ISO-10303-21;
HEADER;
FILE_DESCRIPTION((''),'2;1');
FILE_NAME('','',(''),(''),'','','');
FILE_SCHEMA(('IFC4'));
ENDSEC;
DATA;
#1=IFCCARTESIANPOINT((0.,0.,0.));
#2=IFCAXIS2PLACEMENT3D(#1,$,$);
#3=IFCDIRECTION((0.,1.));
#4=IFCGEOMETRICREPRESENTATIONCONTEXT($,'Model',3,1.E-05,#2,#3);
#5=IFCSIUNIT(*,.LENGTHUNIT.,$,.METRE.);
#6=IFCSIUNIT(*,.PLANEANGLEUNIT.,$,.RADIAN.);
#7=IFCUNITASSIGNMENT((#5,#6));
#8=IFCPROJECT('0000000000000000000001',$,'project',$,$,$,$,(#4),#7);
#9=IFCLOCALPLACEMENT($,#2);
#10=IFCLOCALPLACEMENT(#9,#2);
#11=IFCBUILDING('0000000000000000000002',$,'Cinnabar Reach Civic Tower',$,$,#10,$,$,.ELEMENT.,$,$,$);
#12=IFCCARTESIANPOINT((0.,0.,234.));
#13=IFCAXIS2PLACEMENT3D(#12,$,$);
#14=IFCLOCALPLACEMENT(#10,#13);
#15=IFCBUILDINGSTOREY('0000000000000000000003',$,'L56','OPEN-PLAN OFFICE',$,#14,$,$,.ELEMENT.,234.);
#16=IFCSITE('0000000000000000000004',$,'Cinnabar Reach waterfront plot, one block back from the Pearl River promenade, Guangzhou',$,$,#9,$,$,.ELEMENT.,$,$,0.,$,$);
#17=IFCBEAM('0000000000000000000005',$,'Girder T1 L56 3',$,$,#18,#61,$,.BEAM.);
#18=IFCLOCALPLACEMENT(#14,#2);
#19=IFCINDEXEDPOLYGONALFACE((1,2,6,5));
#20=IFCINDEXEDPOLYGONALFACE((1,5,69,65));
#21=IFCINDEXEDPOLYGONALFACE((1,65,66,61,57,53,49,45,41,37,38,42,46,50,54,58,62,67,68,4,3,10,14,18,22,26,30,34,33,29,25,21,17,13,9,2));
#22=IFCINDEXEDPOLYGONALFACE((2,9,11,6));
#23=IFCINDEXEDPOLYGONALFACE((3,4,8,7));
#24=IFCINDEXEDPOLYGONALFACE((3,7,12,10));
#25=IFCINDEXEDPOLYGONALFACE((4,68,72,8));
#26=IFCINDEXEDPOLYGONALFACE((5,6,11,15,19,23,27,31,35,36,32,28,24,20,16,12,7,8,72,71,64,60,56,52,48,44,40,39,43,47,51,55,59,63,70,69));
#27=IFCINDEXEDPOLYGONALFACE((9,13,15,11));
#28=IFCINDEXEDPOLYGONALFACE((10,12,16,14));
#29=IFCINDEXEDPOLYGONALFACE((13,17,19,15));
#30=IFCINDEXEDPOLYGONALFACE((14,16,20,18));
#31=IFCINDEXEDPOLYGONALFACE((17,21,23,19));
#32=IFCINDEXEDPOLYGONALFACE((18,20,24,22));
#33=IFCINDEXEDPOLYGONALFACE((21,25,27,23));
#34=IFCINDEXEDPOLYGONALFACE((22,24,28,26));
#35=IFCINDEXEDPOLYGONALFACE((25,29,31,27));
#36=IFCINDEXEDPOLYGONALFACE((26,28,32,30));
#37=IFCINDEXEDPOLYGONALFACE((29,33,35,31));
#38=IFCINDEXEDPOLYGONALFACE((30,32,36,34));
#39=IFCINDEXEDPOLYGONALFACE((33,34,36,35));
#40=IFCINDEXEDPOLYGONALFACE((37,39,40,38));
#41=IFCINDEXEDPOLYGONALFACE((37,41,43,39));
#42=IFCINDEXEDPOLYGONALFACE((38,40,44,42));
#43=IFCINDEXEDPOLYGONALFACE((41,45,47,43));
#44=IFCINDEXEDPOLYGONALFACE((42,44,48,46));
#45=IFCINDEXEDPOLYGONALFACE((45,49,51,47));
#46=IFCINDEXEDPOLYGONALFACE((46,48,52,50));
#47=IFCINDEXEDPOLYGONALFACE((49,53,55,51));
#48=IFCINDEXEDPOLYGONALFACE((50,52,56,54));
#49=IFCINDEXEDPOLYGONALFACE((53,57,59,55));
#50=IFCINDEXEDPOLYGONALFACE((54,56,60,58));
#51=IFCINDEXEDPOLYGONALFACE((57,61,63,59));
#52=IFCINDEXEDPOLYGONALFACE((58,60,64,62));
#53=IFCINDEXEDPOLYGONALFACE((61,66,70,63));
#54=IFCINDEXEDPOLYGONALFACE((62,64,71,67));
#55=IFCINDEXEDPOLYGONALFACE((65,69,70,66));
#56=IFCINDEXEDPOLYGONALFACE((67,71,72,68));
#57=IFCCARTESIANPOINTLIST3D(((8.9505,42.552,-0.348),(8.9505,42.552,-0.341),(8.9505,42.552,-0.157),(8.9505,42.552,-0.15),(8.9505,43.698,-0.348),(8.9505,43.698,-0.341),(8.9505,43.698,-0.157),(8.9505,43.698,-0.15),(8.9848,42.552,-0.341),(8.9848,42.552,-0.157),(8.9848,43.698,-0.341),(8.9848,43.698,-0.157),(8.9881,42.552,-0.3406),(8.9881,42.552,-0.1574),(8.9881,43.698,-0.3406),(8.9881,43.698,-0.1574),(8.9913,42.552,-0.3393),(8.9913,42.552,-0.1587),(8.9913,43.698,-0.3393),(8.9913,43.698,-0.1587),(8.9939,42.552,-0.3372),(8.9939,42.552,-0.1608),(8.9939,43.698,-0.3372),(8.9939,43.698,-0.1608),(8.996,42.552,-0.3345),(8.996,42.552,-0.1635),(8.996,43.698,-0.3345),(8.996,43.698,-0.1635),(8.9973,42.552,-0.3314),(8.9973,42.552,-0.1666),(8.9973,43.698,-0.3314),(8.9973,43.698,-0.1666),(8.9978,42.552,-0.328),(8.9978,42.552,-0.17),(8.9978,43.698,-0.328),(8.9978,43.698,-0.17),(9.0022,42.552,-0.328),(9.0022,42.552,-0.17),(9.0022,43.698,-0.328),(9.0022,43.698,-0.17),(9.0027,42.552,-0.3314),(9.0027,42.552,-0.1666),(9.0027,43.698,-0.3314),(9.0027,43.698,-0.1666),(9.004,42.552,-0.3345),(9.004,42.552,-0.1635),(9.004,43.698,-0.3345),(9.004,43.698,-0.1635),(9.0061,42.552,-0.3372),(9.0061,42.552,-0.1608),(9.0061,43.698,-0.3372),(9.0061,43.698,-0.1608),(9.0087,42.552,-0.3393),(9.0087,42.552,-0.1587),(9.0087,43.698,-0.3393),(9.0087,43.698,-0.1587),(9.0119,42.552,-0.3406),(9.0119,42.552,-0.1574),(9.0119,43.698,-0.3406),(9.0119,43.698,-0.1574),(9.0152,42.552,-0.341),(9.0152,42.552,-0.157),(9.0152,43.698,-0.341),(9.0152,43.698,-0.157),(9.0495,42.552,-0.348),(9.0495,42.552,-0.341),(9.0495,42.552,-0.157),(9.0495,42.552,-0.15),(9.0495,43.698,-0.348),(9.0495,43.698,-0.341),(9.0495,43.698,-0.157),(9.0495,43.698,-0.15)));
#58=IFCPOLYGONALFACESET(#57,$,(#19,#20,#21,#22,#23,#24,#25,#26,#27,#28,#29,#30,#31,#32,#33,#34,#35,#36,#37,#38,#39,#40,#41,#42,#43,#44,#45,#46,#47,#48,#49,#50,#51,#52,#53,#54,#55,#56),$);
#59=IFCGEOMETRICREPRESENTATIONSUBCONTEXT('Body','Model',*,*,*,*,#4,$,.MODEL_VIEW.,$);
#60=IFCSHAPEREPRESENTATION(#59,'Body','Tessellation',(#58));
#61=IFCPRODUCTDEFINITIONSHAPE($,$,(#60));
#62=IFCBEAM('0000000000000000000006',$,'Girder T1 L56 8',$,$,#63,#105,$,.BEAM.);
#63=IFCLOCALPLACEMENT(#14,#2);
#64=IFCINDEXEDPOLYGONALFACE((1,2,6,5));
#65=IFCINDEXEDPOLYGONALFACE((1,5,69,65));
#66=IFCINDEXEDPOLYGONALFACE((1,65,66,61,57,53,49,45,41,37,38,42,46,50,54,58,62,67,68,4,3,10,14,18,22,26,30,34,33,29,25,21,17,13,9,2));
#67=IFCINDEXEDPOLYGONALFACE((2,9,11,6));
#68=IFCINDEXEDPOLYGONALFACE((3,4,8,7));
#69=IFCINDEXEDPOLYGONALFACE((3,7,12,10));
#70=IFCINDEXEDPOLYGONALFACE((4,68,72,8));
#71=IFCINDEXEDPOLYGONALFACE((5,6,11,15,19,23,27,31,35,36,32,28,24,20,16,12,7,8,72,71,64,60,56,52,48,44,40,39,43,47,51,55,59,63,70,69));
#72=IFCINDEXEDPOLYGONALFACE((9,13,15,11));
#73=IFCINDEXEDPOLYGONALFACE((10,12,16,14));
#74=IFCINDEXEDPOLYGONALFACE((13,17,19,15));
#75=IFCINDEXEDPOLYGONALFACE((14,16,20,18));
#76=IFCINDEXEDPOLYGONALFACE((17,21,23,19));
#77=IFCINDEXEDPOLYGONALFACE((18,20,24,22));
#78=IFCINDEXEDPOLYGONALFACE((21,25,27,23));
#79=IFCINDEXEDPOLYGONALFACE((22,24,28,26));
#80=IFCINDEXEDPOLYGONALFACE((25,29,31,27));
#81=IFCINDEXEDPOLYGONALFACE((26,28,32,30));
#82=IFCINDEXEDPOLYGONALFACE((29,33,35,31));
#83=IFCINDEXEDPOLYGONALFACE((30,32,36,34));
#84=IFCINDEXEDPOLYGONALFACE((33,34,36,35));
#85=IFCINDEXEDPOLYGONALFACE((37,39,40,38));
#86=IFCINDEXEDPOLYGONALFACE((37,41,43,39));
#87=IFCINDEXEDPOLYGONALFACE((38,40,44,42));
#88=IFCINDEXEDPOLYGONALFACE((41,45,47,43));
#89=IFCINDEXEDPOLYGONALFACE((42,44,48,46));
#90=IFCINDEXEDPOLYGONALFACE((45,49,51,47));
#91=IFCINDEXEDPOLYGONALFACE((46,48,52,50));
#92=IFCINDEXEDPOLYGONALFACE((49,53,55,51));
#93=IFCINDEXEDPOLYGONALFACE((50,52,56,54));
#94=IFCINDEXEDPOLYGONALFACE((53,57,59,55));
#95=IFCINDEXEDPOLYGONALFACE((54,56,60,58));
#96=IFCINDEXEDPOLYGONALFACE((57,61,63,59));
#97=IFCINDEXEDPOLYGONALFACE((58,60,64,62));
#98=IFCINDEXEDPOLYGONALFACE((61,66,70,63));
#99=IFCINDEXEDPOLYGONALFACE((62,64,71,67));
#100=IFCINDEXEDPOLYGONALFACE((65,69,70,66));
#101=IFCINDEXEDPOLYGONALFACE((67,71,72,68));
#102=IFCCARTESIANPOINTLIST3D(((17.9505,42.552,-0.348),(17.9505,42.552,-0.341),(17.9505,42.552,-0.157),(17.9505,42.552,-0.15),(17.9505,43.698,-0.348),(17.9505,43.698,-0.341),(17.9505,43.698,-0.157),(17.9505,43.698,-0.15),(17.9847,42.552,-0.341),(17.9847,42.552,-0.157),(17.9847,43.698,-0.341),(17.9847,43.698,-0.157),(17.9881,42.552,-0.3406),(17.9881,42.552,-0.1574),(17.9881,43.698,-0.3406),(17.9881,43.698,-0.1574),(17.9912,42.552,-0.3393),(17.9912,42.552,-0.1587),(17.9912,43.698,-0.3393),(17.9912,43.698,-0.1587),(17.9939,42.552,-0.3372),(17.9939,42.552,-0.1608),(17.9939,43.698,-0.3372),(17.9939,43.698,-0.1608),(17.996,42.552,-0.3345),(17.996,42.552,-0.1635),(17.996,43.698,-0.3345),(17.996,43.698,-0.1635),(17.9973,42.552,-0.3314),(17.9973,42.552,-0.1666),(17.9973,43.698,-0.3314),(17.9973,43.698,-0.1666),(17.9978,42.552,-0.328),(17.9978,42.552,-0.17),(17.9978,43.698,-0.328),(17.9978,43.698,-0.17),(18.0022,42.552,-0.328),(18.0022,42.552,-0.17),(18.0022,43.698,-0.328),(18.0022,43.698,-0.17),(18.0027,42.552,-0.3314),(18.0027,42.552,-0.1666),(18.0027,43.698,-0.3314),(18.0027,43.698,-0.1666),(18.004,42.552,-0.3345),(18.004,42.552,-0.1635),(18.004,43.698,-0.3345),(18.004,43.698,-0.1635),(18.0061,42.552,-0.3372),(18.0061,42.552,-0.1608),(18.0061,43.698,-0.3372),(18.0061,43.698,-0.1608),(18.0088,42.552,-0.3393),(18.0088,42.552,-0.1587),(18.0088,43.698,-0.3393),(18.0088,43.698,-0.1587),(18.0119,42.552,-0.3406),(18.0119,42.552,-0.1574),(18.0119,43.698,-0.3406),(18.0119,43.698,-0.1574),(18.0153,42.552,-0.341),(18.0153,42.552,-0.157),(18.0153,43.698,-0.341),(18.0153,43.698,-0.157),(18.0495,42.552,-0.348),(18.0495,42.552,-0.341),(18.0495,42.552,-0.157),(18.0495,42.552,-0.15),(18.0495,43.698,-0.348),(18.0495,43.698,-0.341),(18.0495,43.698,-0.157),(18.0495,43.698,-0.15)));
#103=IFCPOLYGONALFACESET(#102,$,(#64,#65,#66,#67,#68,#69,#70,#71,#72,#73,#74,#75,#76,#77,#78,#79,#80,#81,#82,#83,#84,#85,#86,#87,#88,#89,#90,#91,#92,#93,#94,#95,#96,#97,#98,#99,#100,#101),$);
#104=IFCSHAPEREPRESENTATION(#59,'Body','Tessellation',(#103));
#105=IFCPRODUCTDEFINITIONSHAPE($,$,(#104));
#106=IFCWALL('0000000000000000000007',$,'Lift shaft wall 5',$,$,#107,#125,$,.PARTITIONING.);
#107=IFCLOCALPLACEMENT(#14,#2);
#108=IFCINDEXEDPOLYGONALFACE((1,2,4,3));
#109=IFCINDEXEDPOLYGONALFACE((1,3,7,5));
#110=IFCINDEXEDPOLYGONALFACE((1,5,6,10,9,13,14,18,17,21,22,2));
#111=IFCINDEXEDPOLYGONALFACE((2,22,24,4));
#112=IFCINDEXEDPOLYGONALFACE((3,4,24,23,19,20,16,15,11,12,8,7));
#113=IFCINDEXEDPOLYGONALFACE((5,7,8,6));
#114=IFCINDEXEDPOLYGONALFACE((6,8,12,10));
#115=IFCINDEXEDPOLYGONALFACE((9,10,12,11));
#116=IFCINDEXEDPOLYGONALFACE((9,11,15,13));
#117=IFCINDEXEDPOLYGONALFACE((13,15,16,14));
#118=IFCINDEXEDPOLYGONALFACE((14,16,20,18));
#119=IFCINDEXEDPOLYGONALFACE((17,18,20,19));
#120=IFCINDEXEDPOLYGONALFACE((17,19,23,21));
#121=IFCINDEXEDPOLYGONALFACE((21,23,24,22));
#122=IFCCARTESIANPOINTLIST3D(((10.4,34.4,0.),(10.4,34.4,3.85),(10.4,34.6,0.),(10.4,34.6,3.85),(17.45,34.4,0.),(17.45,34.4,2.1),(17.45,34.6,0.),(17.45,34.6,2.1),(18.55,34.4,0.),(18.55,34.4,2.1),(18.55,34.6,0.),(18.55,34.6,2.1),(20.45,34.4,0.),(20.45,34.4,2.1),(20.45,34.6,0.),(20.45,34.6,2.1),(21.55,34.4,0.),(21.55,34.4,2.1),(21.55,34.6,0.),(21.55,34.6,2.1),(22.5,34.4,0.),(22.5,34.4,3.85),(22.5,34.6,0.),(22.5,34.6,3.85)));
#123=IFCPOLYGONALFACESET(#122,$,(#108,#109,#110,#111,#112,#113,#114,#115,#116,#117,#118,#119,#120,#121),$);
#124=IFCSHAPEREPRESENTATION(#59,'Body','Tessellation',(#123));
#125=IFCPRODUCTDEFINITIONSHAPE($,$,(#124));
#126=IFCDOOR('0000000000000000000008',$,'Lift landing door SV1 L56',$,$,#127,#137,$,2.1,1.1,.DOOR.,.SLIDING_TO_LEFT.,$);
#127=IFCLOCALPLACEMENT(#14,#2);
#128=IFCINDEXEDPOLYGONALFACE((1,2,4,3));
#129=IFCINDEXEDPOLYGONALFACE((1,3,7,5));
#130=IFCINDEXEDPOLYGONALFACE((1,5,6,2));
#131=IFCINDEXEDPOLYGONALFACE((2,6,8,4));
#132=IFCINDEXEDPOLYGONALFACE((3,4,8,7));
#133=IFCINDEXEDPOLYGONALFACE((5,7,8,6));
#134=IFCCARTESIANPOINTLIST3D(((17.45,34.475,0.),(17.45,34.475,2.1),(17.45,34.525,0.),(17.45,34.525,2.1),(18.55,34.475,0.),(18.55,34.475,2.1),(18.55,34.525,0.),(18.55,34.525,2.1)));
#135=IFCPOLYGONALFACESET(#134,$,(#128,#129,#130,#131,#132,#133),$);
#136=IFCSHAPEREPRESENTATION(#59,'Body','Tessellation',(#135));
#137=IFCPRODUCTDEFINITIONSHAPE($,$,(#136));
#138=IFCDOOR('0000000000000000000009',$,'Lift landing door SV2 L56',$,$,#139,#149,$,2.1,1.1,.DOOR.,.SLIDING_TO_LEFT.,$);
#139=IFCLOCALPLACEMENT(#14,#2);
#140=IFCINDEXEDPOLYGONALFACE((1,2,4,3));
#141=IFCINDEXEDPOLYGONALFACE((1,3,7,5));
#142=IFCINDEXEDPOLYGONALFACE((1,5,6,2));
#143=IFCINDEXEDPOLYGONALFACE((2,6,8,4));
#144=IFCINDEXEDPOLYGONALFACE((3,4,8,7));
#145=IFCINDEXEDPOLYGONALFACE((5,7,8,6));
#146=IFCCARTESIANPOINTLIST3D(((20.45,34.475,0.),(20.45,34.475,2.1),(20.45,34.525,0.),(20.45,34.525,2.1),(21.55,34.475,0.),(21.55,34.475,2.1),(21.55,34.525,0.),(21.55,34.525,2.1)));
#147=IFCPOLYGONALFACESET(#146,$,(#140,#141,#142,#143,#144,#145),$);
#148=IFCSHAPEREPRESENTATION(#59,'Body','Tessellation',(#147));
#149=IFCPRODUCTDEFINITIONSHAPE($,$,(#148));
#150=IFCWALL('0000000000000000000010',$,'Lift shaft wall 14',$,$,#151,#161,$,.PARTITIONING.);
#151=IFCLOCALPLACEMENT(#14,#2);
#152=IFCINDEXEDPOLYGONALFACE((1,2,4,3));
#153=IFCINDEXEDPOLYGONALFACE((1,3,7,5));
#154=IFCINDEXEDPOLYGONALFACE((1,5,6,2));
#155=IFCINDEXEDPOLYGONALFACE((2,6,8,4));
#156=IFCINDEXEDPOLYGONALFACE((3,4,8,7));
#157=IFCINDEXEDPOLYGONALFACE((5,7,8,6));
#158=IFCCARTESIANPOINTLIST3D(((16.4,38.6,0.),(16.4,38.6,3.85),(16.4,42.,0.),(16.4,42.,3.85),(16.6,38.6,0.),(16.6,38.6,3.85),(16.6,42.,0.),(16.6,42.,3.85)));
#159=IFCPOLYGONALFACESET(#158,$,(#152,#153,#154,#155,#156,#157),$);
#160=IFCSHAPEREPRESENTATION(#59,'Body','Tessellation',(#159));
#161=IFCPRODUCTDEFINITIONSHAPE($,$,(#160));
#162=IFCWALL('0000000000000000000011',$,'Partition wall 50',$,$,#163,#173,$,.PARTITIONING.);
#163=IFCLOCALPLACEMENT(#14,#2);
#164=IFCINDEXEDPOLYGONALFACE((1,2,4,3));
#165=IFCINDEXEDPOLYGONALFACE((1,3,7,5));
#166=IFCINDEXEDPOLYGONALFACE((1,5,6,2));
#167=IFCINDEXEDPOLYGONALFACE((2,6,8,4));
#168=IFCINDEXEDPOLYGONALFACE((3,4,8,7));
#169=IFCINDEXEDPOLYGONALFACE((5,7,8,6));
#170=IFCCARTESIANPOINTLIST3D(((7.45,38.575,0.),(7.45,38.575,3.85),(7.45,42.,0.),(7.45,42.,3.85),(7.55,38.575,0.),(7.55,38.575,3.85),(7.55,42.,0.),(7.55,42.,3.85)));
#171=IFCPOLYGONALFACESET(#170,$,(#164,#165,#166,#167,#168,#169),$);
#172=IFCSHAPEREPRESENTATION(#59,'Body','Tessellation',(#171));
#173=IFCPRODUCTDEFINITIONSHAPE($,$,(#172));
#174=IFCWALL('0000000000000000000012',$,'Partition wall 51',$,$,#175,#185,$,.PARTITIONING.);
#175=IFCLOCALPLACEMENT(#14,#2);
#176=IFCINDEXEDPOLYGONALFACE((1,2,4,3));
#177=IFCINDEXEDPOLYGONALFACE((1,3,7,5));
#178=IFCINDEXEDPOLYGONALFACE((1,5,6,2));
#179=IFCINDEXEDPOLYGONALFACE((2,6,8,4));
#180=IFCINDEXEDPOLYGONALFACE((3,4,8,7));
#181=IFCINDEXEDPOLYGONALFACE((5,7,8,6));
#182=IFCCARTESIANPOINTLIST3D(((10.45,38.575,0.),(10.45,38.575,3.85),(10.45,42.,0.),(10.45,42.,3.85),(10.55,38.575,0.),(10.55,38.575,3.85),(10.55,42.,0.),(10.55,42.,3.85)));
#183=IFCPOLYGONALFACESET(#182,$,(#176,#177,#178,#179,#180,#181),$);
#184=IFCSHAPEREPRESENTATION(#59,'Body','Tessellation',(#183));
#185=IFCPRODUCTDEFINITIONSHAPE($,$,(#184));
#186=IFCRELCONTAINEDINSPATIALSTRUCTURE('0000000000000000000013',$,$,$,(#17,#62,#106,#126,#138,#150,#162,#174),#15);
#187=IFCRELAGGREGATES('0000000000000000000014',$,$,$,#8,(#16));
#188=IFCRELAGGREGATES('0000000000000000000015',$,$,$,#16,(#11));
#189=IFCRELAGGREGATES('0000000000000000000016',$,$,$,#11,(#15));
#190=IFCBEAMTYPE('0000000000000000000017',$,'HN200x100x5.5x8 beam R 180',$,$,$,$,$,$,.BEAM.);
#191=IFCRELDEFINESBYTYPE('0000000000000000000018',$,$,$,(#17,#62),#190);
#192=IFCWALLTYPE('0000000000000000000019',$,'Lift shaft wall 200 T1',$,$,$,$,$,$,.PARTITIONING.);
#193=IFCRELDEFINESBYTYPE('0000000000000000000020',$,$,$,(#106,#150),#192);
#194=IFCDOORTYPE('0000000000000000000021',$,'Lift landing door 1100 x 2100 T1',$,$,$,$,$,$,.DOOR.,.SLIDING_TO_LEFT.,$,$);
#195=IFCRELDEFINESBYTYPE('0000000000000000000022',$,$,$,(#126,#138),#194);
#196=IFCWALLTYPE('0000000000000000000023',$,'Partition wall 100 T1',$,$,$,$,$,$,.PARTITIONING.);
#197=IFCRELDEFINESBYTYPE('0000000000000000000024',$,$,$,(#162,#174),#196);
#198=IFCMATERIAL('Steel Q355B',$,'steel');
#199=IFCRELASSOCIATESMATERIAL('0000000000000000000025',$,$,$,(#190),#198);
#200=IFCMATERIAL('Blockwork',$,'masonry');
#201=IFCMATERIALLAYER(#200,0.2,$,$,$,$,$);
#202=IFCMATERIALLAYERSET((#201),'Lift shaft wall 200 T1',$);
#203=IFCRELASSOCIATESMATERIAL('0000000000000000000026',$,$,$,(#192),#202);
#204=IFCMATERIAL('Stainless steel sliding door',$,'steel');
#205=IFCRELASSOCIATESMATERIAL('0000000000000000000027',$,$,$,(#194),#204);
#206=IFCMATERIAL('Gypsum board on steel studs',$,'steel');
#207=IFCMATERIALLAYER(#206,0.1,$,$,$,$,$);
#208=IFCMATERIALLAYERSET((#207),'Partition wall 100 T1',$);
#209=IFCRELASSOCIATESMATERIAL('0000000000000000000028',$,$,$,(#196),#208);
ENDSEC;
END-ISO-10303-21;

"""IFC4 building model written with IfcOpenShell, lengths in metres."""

from ifc_helpers import new_model, si_unit, direction, frame, frame_2d, origin, origin_2d, place, context, subcontext, project, spatial, rectangle, i_section, extrude, material, layer, layer_set, material_profile, profile_set, type_object, element, fill, save


model = new_model("IFC4")

# Units and contexts
model_context = context("Model", 3, precision=1e-05, world=origin(), true_north=direction((0.0, 1.0)))
body_context = subcontext(model_context, "Body", "Model", "MODEL_VIEW")
ifc_project = project(units=[si_unit("LENGTHUNIT", "METRE"), si_unit("PLANEANGLEUNIT", "RADIAN")], contexts=[model_context])

# Site, building, storey
site_placement = place(None, origin())
site = spatial("IfcSite", under=ifc_project, at=site_placement, Name="Cinnabar Reach waterfront plot, one block back from the Pearl River promenade, Guangzhou", CompositionType="ELEMENT", RefElevation=0.0)
building_placement = place(site_placement, origin())
building = spatial("IfcBuilding", under=site, at=building_placement, Name="Cinnabar Reach Civic Tower", CompositionType="ELEMENT")
storey_placement = place(building_placement, frame((0.0, 0.0, 234.0)))
storey = spatial("IfcBuildingStorey", under=building, at=storey_placement, Name="L56", Description="OPEN-PLAN OFFICE", CompositionType="ELEMENT", Elevation=234.0)

# Beams
ifc_material_1 = material(Name="Steel Q355B", Category="steel")
ifc_material_profile = material_profile(ifc_material_1, i_section(OverallWidth=0.099, OverallDepth=0.198, WebThickness=0.0045, FlangeThickness=0.007, FilletRadius=0.013, at=origin_2d()), Name="HN200x100x5.5x8")
ifc_profile_set = profile_set([ifc_material_profile], Name="Steel Q355B")
beam_type = type_object("IfcBeamType", Name="HN200x100x5.5x8 beam R 180", PredefinedType="BEAM", material=ifc_profile_set)
for number, where, z_axis, x_axis, name in (
    (1, (9.0, 42.552, -0.249), (0.0, 1.0, 0.0), (-1.0, 0.0, 0.0), "Girder T1 L56 3"),
    (2, (18.0, 42.552, -0.249), (0.0, 1.0, 0.0), (-1.0, 0.0, 0.0), "Girder T1 L56 8"),
):
    element("IfcBeam", number, at=place(storey_placement, frame(where, z_axis=z_axis, x_axis=x_axis)), inside=storey, type_object=beam_type, Name=name, PredefinedType="BEAM", context=body_context, shape_type="SweptSolid", body=[
        extrude(i_section(OverallWidth=0.099, OverallDepth=0.198, WebThickness=0.0045, FlangeThickness=0.007, FilletRadius=0.013, at=origin_2d()), origin(), (0.0, 0.0, 1.0), 1.146),
    ])

# Wall, openings, doors
ifc_material_2 = material(Name="Blockwork", Category="masonry")
ifc_layer_1 = layer(ifc_material_2, 0.2)
ifc_layer_set_1 = layer_set([ifc_layer_1], Name="Lift shaft wall 200 T1")
wall_type_1 = type_object("IfcWallType", Name="Lift shaft wall 200 T1", PredefinedType="PARTITIONING", material=ifc_layer_set_1)
wall_1_placement = place(storey_placement, frame((10.4, 34.5, 0.0), z_axis=(0.0, 0.0, 1.0), x_axis=(1.0, 0.0, 0.0)))
wall_1 = element("IfcWall", 3, at=wall_1_placement, inside=storey, type_object=wall_type_1, Name="Lift shaft wall 5", PredefinedType="PARTITIONING", context=body_context, shape_type="SweptSolid", body=[
    extrude(rectangle(XDim=12.1, YDim=0.2, at=frame_2d((6.05, 0.0))), origin(), (0.0, 0.0, 1.0), 3.85),
])
opening_1_placement = place(wall_1_placement, frame((7.05, 0.0, 0.0)))
opening_1 = element("IfcOpeningElement", 4, at=opening_1_placement, cuts=wall_1, PredefinedType="OPENING", context=body_context, shape_type="SweptSolid", body=[
    extrude(rectangle(XDim=1.1, YDim=2.1, at=frame_2d((0.55, 1.05))), frame((0.0, 0.11, 0.0), z_axis=(0.0, -1.0, 0.0), x_axis=(1.0, 0.0, 0.0)), (0.0, 0.0, 1.0), 0.22),
])
opening_2_placement = place(wall_1_placement, frame((10.05, 0.0, 0.0)))
opening_2 = element("IfcOpeningElement", 5, at=opening_2_placement, cuts=wall_1, PredefinedType="OPENING", context=body_context, shape_type="SweptSolid", body=[
    extrude(rectangle(XDim=1.1, YDim=2.1, at=frame_2d((0.55, 1.05))), frame((0.0, 0.11, 0.0), z_axis=(0.0, -1.0, 0.0), x_axis=(1.0, 0.0, 0.0)), (0.0, 0.0, 1.0), 0.22),
])
ifc_material_3 = material(Name="Stainless steel sliding door", Category="steel")
door_type_1 = type_object("IfcDoorType", Name="Lift landing door 1100 x 2100 T1", OperationType="SLIDING_TO_LEFT", PredefinedType="DOOR", material=ifc_material_3)
door_1_placement = place(opening_1_placement, origin())
door_1 = element("IfcDoor", 6, at=door_1_placement, inside=storey, type_object=door_type_1, Name="Lift landing door SV1 L56", OperationType="SLIDING_TO_LEFT", OverallHeight=2.1, OverallWidth=1.1, PredefinedType="DOOR", context=body_context, shape_type="SweptSolid", body=[
    extrude(rectangle(XDim=1.1, YDim=2.1, at=frame_2d((0.55, 1.05))), frame((0.0, 0.025, 0.0), z_axis=(0.0, -1.0, 0.0), x_axis=(1.0, 0.0, 0.0)), (0.0, 0.0, 1.0), 0.05),
])
fill(opening_1, door_1)
door_2_placement = place(opening_2_placement, origin())
door_2 = element("IfcDoor", 7, at=door_2_placement, inside=storey, type_object=door_type_1, Name="Lift landing door SV2 L56", OperationType="SLIDING_TO_LEFT", OverallHeight=2.1, OverallWidth=1.1, PredefinedType="DOOR", context=body_context, shape_type="SweptSolid", body=[
    extrude(rectangle(XDim=1.1, YDim=2.1, at=frame_2d((0.55, 1.05))), frame((0.0, 0.025, 0.0), z_axis=(0.0, -1.0, 0.0), x_axis=(1.0, 0.0, 0.0)), (0.0, 0.0, 1.0), 0.05),
])
fill(opening_2, door_2)

# Walls
wall_2_placement = place(storey_placement, frame((16.5, 38.6, 0.0), z_axis=(0.0, 0.0, 1.0), x_axis=(0.0, 1.0, 0.0)))
element("IfcWall", 8, at=wall_2_placement, inside=storey, type_object=wall_type_1, Name="Lift shaft wall 14", PredefinedType="PARTITIONING", context=body_context, shape_type="SweptSolid", body=[
    extrude(rectangle(XDim=3.4, YDim=0.2, at=frame_2d((1.7, 0.0))), origin(), (0.0, 0.0, 1.0), 3.85),
])
ifc_material_4 = material(Name="Gypsum board on steel studs", Category="steel")
ifc_layer_2 = layer(ifc_material_4, 0.1)
ifc_layer_set_2 = layer_set([ifc_layer_2], Name="Partition wall 100 T1")
wall_type_2 = type_object("IfcWallType", Name="Partition wall 100 T1", PredefinedType="PARTITIONING", material=ifc_layer_set_2)
for number, where, z_axis, x_axis, name in (
    (9, (7.5, 38.575, 0.0), (0.0, 0.0, 1.0), (0.0, 1.0, 0.0), "Partition wall 50"),
    (10, (10.5, 38.575, 0.0), (0.0, 0.0, 1.0), (0.0, 1.0, 0.0), "Partition wall 51"),
):
    element("IfcWall", number, at=place(storey_placement, frame(where, z_axis=z_axis, x_axis=x_axis)), inside=storey, type_object=wall_type_2, Name=name, PredefinedType="PARTITIONING", context=body_context, shape_type="SweptSolid", body=[
        extrude(rectangle(XDim=3.425, YDim=0.1, at=frame_2d((1.7125, 0.0))), origin(), (0.0, 0.0, 1.0), 3.85),
    ])

save(model, "model.ifc")
